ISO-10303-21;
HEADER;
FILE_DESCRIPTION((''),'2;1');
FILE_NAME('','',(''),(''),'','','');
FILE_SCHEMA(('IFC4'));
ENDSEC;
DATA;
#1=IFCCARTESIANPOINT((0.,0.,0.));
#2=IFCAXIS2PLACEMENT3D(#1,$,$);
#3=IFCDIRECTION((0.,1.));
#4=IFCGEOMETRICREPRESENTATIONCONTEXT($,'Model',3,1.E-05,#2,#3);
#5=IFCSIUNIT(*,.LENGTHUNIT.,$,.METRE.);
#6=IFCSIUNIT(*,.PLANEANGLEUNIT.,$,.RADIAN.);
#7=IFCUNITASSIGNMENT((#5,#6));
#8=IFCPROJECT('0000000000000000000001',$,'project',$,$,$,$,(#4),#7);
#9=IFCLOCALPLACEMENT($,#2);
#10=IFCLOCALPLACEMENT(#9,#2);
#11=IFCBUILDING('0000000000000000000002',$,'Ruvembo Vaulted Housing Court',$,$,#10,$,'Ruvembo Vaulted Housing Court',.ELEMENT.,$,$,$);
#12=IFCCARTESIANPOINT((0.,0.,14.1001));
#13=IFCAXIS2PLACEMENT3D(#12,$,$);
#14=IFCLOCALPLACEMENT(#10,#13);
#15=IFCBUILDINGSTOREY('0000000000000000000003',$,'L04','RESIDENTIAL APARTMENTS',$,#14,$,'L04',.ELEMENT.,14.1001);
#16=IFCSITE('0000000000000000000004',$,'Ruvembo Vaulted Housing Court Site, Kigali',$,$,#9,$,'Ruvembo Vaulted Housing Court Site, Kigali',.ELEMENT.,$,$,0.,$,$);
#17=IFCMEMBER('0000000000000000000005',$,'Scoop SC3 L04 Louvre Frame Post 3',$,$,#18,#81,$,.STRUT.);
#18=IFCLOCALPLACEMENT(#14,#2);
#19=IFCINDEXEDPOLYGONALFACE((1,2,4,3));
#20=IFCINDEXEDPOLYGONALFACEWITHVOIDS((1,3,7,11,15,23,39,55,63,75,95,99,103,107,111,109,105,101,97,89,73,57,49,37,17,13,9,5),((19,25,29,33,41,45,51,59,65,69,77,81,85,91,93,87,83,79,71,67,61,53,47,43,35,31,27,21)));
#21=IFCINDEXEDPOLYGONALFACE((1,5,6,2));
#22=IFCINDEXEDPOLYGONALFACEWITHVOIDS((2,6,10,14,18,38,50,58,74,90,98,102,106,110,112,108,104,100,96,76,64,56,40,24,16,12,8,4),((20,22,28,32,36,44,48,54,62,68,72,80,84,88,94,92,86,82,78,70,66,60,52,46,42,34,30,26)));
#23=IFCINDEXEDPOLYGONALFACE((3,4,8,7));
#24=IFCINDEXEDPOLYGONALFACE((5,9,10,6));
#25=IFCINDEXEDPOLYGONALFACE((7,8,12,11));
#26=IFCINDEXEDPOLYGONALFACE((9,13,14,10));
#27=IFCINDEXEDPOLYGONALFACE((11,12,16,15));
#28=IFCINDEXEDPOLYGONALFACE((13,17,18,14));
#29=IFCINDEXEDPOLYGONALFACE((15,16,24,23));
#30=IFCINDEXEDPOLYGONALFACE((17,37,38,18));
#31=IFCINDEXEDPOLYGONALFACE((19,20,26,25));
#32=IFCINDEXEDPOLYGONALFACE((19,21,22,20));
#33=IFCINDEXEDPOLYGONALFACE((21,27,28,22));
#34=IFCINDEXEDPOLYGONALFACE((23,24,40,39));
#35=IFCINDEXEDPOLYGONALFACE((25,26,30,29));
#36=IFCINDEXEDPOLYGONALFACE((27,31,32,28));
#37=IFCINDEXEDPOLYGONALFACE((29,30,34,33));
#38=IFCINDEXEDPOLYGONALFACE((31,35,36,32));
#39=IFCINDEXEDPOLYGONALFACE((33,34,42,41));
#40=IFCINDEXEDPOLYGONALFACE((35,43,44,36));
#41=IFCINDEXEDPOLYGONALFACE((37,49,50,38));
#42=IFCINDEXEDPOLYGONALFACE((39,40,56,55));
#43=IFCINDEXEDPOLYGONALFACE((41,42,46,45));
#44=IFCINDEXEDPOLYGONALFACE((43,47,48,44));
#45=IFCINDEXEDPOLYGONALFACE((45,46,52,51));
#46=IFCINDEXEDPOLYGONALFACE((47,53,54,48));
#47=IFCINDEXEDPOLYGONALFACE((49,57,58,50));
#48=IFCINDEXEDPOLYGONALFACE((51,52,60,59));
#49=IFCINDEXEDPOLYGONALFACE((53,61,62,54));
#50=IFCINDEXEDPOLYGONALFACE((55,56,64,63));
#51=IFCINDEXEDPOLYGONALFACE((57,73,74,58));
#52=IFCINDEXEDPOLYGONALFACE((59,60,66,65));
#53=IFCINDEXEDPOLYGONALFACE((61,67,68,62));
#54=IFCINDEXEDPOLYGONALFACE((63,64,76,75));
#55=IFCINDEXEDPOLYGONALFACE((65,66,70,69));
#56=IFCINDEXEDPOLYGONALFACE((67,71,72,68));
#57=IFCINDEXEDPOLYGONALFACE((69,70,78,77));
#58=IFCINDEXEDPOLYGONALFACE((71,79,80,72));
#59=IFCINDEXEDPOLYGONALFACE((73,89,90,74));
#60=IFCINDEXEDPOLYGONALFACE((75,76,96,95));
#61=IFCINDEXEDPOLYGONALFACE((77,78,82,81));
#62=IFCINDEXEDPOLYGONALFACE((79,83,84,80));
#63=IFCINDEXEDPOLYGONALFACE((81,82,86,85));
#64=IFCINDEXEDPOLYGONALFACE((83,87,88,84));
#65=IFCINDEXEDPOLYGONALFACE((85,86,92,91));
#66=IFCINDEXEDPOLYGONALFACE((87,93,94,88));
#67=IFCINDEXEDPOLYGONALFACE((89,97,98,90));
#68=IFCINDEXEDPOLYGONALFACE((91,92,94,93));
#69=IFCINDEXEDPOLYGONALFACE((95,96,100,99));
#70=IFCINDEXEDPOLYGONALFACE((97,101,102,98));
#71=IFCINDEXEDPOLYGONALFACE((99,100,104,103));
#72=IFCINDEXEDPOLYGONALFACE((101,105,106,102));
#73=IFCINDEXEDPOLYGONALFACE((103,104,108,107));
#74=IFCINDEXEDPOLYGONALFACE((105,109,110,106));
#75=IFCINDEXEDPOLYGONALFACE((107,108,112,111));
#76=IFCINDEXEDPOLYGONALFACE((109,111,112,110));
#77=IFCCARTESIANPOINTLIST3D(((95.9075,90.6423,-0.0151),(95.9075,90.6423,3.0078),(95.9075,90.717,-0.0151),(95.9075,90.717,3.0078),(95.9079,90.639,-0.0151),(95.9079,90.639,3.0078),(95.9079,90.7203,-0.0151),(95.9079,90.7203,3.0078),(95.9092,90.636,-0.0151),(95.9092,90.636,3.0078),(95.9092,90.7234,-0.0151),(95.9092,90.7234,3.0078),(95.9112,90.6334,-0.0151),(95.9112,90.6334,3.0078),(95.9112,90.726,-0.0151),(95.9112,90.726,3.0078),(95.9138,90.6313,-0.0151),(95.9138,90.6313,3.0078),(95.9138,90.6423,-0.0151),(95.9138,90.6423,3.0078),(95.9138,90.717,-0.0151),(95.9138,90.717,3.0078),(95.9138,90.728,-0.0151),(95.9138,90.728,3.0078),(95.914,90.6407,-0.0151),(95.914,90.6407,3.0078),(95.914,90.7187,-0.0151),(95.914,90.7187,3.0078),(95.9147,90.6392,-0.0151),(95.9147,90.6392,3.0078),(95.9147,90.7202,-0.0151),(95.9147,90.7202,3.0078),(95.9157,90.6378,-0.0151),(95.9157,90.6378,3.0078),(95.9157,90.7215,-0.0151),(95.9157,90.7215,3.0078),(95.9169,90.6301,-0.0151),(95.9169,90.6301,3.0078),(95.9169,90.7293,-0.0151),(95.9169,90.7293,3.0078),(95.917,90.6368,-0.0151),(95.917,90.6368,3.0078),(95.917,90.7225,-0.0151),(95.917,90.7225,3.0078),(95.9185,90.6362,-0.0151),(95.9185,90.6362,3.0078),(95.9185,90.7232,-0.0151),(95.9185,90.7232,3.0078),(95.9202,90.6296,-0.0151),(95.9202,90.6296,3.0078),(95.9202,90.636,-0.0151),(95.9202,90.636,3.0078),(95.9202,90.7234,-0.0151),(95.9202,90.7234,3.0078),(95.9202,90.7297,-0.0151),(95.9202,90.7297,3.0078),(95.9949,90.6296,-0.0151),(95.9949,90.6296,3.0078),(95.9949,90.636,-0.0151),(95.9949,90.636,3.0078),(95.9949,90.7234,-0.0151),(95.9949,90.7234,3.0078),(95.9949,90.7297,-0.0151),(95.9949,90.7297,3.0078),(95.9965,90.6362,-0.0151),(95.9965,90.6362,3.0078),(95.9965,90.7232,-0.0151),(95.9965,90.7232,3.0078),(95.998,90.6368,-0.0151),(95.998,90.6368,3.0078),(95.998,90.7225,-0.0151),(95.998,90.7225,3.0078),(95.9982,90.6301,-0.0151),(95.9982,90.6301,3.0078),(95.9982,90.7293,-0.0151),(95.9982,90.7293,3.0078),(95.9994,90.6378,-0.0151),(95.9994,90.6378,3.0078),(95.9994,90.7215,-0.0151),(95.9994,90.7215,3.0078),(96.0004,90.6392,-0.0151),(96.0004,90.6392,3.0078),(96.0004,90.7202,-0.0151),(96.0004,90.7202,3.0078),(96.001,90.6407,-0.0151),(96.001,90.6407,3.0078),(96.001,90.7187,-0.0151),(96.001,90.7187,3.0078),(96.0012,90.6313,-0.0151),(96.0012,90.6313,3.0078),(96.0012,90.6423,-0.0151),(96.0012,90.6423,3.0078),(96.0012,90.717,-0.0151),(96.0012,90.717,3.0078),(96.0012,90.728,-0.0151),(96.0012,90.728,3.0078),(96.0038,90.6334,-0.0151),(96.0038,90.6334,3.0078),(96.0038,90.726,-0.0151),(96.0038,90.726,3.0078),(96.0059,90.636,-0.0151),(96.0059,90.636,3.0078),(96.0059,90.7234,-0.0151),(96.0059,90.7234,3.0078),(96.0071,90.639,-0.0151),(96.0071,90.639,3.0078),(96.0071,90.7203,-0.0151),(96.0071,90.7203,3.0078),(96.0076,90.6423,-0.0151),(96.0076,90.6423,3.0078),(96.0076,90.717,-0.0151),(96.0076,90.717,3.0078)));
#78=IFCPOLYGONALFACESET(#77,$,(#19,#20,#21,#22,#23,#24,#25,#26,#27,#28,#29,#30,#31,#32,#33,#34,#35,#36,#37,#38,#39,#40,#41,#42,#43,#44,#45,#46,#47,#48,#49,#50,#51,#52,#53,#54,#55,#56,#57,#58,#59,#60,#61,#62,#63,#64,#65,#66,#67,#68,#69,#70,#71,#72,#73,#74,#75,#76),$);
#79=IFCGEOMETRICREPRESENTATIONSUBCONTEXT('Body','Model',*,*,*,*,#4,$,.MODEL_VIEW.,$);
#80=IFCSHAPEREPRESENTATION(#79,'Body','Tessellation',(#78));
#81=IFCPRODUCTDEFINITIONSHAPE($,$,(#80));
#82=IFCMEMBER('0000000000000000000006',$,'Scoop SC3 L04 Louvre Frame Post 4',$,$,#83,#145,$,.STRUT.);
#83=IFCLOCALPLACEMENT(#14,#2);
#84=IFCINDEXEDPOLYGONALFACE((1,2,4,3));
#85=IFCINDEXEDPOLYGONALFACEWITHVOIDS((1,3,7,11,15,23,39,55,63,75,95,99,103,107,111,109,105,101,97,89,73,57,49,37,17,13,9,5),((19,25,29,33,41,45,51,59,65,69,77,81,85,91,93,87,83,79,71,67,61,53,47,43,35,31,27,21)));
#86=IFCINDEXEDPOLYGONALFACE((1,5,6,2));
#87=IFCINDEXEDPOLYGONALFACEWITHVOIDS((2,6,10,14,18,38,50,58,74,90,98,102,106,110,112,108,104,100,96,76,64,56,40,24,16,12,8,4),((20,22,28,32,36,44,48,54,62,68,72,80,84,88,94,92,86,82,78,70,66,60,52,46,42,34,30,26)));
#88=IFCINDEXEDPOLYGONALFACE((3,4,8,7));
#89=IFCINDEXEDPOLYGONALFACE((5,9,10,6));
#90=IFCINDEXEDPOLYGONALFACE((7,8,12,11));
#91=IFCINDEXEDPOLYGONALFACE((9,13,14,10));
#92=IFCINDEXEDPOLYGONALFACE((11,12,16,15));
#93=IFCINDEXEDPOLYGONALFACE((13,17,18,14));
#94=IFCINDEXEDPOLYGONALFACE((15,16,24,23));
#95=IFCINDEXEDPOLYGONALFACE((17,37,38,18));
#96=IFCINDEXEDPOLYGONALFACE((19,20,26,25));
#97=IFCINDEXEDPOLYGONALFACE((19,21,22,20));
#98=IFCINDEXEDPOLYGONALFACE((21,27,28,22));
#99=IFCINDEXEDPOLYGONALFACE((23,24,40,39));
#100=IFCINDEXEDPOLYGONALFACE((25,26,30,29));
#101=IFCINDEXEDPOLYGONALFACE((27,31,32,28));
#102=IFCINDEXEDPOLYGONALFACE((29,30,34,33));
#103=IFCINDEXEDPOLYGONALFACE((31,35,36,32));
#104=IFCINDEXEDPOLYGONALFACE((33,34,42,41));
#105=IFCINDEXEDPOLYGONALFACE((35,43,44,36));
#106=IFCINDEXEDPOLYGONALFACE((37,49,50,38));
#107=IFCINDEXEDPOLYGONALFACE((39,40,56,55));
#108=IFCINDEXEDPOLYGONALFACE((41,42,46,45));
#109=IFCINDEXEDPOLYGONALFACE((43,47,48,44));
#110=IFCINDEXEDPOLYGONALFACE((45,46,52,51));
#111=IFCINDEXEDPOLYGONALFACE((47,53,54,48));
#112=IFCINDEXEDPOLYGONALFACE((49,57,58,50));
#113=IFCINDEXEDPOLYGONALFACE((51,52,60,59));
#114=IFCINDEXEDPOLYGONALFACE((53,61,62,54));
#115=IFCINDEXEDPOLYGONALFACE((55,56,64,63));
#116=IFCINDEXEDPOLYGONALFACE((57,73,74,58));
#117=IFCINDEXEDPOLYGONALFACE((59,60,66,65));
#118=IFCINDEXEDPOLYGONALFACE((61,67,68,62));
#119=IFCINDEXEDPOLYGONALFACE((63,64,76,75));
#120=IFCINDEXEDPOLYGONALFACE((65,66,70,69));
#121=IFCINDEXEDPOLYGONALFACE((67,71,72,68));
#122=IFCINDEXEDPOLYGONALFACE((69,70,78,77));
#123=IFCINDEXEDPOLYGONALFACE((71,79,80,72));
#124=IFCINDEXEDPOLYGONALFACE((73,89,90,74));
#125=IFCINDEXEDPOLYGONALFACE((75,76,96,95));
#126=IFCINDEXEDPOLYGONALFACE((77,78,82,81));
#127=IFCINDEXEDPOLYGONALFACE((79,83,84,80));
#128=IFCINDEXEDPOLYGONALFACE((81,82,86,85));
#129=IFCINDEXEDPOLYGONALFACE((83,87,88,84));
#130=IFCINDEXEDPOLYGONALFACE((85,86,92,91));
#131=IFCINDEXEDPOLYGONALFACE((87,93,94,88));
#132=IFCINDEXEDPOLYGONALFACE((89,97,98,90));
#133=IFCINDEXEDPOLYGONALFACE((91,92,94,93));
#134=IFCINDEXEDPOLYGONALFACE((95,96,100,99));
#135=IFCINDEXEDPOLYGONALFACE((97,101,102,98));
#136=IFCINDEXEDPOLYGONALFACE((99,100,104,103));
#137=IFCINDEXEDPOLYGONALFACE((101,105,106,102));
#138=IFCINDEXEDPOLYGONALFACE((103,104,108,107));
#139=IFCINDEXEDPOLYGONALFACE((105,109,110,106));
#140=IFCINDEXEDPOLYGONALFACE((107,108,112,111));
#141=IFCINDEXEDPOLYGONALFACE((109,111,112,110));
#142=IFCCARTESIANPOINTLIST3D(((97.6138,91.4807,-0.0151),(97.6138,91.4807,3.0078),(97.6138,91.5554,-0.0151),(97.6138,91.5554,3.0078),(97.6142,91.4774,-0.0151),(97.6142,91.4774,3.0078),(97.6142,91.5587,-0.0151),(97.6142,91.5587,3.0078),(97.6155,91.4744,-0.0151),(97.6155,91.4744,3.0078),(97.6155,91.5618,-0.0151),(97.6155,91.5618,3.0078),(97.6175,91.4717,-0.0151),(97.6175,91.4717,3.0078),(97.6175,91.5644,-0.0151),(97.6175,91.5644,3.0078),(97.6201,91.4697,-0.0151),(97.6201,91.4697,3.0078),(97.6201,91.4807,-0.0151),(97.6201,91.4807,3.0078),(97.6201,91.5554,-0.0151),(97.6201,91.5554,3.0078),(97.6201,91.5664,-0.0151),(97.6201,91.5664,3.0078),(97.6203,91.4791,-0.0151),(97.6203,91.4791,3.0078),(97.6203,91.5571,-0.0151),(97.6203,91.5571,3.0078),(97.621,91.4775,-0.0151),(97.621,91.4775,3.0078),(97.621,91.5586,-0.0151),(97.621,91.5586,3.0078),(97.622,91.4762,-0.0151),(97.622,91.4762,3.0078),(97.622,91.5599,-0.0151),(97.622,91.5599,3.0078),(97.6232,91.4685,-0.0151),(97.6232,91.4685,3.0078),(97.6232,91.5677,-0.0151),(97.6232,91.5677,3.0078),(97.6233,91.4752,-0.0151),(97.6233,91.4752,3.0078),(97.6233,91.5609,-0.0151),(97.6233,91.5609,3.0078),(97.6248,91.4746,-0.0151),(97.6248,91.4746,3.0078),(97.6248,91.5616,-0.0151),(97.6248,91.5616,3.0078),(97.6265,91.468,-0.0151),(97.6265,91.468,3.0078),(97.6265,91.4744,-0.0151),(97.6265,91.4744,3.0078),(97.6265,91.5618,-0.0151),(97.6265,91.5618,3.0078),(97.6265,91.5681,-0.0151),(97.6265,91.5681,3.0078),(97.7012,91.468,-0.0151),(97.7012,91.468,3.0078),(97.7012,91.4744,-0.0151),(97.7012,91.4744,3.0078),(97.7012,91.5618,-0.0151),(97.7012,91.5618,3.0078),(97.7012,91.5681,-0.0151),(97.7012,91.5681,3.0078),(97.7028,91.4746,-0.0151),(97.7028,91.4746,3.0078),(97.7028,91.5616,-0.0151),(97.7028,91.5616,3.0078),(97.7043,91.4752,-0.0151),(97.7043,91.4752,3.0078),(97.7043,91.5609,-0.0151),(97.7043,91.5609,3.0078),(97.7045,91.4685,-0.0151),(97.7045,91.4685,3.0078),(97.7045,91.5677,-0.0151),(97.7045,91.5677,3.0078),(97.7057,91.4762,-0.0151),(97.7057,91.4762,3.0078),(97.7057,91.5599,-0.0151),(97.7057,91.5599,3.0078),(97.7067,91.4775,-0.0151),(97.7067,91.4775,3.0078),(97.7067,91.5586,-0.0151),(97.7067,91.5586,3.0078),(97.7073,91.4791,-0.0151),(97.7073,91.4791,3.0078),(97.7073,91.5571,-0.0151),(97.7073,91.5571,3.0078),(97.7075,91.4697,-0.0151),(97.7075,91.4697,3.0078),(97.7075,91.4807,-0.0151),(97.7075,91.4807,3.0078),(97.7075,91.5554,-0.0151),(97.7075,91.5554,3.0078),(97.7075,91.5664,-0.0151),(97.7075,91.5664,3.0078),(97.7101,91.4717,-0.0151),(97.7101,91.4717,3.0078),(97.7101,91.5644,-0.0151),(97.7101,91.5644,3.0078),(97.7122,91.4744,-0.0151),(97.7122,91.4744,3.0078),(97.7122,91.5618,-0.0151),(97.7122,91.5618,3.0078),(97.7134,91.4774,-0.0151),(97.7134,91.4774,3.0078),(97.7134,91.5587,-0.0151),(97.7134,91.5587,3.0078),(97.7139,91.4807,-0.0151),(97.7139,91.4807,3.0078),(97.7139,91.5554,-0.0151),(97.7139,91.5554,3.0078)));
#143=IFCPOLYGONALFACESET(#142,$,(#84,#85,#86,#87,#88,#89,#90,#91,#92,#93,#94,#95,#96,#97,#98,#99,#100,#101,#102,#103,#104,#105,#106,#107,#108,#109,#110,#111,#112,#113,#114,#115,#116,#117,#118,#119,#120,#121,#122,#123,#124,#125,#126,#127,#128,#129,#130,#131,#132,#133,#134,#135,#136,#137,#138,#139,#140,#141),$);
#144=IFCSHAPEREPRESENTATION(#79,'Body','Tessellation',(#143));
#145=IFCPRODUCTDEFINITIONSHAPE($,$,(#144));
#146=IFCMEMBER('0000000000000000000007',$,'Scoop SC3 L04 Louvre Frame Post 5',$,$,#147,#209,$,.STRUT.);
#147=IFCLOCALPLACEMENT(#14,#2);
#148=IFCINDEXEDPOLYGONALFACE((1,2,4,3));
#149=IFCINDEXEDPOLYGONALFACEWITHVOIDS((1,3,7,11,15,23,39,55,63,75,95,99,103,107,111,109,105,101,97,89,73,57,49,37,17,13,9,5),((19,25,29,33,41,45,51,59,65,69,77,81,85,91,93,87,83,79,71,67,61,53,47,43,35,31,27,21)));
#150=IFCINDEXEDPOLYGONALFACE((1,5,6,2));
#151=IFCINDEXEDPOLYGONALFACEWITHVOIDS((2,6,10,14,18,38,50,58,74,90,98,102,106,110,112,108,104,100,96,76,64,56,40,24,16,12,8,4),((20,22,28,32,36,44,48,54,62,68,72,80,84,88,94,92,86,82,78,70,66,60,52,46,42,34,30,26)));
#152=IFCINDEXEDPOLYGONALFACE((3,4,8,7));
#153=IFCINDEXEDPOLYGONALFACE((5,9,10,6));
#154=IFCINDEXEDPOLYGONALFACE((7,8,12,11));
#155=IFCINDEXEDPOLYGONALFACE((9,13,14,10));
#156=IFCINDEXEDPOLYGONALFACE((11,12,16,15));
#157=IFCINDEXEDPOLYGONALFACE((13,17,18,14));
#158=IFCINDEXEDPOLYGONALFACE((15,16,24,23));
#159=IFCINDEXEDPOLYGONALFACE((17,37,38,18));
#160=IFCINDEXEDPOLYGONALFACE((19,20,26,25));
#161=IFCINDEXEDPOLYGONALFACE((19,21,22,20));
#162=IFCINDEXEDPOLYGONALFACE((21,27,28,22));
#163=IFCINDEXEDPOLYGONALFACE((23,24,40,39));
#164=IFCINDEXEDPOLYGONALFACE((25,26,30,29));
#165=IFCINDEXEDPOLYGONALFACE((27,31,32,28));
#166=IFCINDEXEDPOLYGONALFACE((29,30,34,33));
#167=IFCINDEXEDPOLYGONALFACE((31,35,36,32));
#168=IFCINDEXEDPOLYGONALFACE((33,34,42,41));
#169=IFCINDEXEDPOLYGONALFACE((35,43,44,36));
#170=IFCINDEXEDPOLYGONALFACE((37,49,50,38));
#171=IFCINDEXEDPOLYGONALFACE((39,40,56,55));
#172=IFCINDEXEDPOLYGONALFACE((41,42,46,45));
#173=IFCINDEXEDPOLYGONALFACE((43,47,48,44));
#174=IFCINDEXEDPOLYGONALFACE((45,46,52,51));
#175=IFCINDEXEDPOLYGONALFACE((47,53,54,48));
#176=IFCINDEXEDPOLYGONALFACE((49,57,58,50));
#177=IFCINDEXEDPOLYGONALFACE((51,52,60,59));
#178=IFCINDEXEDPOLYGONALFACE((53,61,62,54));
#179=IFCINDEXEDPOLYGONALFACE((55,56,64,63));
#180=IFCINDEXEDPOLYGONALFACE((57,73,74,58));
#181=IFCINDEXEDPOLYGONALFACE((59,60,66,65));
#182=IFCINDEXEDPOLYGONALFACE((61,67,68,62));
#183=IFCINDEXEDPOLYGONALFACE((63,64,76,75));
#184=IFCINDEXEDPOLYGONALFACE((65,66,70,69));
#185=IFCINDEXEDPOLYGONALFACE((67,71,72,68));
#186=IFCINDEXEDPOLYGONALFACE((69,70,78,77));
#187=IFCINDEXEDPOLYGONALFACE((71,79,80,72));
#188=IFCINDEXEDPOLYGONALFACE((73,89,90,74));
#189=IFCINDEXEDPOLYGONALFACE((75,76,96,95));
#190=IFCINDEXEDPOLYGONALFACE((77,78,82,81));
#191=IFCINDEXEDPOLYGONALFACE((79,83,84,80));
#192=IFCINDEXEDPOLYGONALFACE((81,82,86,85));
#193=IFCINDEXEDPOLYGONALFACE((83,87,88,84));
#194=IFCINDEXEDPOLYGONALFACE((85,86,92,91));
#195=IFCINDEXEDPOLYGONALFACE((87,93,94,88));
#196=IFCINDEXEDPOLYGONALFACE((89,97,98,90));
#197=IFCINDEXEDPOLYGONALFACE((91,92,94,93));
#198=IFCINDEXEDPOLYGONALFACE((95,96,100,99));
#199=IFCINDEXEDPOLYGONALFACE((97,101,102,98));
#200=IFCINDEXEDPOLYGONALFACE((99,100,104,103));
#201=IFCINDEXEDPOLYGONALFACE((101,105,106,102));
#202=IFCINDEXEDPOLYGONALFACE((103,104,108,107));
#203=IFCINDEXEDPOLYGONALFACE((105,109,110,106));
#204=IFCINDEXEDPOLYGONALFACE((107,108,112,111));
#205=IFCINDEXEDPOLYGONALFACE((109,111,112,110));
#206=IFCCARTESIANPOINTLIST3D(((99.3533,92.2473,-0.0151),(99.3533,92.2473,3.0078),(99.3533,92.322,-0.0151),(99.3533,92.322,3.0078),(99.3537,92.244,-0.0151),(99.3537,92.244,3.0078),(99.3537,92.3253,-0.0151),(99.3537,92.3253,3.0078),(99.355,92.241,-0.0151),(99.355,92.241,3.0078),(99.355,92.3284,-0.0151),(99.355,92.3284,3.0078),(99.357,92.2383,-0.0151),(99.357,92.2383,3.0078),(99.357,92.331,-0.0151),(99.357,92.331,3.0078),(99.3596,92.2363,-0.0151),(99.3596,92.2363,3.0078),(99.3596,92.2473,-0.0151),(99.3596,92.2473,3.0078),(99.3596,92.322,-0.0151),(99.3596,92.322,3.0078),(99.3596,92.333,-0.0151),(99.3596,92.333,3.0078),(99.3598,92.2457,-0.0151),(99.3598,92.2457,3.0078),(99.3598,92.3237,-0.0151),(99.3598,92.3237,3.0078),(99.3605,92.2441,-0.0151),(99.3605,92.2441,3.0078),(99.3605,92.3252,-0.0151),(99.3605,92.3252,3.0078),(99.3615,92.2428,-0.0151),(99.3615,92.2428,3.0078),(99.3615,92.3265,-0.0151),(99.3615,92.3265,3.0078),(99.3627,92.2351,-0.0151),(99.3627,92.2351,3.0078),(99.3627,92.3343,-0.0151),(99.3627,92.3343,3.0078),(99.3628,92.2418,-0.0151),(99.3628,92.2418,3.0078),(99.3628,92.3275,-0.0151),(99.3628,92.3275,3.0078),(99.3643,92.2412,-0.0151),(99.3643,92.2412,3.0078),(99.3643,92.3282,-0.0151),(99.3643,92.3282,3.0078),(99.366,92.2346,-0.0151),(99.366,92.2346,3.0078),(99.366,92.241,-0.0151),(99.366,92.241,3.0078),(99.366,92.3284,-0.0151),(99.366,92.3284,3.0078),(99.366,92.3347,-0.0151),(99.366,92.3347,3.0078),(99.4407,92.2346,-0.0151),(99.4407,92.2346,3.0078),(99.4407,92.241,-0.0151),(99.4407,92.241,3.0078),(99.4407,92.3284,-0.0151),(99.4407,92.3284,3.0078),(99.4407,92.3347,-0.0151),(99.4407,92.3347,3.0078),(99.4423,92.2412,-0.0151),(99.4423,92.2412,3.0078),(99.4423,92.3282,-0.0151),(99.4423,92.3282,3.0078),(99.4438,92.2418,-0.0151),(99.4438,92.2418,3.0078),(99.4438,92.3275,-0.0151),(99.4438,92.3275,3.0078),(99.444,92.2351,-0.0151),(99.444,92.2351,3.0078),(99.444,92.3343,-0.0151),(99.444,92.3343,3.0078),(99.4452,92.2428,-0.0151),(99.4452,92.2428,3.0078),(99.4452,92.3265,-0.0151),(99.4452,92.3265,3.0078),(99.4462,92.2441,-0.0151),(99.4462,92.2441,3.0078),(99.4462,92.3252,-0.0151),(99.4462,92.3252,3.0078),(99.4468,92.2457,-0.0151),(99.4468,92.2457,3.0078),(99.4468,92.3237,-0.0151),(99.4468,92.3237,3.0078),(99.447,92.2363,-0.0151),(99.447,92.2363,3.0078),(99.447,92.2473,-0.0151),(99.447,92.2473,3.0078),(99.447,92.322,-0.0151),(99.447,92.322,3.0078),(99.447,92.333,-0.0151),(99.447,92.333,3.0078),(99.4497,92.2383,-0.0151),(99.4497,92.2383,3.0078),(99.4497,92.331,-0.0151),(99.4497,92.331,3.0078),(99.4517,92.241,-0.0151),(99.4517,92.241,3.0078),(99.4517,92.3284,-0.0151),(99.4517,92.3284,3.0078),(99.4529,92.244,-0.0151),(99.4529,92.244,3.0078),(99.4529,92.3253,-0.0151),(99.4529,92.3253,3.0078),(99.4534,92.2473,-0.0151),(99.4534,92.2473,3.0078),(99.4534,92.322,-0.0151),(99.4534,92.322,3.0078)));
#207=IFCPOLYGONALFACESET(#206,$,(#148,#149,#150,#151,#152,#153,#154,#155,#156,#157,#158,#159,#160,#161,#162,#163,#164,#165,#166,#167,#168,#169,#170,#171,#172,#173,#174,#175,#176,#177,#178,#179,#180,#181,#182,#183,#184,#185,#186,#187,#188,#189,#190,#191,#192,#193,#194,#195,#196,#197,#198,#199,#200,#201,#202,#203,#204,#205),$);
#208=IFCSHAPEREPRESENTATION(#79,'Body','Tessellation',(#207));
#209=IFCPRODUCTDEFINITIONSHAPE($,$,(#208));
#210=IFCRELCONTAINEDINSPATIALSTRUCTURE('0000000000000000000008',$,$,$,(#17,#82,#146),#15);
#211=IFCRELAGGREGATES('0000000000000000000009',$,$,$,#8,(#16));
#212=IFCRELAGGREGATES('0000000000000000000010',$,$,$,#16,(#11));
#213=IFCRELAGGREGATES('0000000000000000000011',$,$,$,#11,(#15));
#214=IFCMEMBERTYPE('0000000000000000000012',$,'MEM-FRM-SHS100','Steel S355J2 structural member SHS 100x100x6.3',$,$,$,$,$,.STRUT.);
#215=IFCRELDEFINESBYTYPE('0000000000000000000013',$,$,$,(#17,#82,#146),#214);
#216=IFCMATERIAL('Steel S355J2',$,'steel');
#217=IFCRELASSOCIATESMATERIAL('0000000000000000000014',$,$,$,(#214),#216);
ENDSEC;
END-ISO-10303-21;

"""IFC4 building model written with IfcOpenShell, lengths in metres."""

from ifc_helpers import new_model, si_unit, direction, frame, origin, origin_2d, place, context, subcontext, project, spatial, hollow_rectangle, extrude, material, material_profile, profile_set, type_object, element, save


model = new_model("IFC4")

# Units and contexts
model_context = context("Model", 3, precision=1e-05, world=origin(), true_north=direction((0.0, 1.0)))
body_context = subcontext(model_context, "Body", "Model", "MODEL_VIEW")
ifc_project = project(units=[si_unit("LENGTHUNIT", "METRE"), si_unit("PLANEANGLEUNIT", "RADIAN")], contexts=[model_context])

# Site, building, storey
site_placement = place(None, origin())
site = spatial("IfcSite", under=ifc_project, at=site_placement, Name="Ruvembo Vaulted Housing Court Site, Kigali", LongName="Ruvembo Vaulted Housing Court Site, Kigali", CompositionType="ELEMENT", RefElevation=0.0)
building_placement = place(site_placement, origin())
building = spatial("IfcBuilding", under=site, at=building_placement, Name="Ruvembo Vaulted Housing Court", LongName="Ruvembo Vaulted Housing Court", CompositionType="ELEMENT")
storey_placement = place(building_placement, frame((0.0, 0.0, 14.1001)))
storey = spatial("IfcBuildingStorey", under=building, at=storey_placement, Name="L04", Description="RESIDENTIAL APARTMENTS", LongName="L04", CompositionType="ELEMENT", Elevation=14.1001)

# Shared definitions
ifc_material_1 = material(Name="Steel S355J2", Category="steel")

# Members
ifc_material_profile_1 = material_profile(ifc_material_1, hollow_rectangle(XDim=0.1001, YDim=0.1001, WallThickness=0.0063, InnerFilletRadius=0.0063, OuterFilletRadius=0.0127, at=origin_2d()), Name="SHS 100x100x6.3")
ifc_profile_set_1 = profile_set([ifc_material_profile_1], Name="Steel S355J2")
member_type_1 = type_object("IfcMemberType", Name="MEM-FRM-SHS100", Description="Steel S355J2 structural member SHS 100x100x6.3", PredefinedType="STRUT", material=ifc_profile_set_1)
for number, where, z_axis, x_axis, name in (
    (1, (95.9575, 90.6797, -0.0151), (0.0, 0.0, 1.0), (1.0, 0.0, 0.0), "Scoop SC3 L04 Louvre Frame Post 3"),
    (2, (97.6638, 91.5181, -0.0151), (0.0, 0.0, 1.0), (1.0, 0.0, 0.0), "Scoop SC3 L04 Louvre Frame Post 4"),
    (3, (99.4033, 92.2847, -0.0151), (0.0, 0.0, 1.0), (1.0, 0.0, 0.0), "Scoop SC3 L04 Louvre Frame Post 5"),
):
    element("IfcMember", number, at=place(storey_placement, frame(where, z_axis=z_axis, x_axis=x_axis)), inside=storey, type_object=member_type_1, Name=name, PredefinedType="STRUT", context=body_context, shape_type="SweptSolid", body=[
        extrude(hollow_rectangle(XDim=0.1001, YDim=0.1001, WallThickness=0.0063, InnerFilletRadius=0.0063, OuterFilletRadius=0.0127, at=origin_2d()), origin(), (0.0, 0.0, 1.0), 3.0229),
    ])

save(model, "model.ifc")
